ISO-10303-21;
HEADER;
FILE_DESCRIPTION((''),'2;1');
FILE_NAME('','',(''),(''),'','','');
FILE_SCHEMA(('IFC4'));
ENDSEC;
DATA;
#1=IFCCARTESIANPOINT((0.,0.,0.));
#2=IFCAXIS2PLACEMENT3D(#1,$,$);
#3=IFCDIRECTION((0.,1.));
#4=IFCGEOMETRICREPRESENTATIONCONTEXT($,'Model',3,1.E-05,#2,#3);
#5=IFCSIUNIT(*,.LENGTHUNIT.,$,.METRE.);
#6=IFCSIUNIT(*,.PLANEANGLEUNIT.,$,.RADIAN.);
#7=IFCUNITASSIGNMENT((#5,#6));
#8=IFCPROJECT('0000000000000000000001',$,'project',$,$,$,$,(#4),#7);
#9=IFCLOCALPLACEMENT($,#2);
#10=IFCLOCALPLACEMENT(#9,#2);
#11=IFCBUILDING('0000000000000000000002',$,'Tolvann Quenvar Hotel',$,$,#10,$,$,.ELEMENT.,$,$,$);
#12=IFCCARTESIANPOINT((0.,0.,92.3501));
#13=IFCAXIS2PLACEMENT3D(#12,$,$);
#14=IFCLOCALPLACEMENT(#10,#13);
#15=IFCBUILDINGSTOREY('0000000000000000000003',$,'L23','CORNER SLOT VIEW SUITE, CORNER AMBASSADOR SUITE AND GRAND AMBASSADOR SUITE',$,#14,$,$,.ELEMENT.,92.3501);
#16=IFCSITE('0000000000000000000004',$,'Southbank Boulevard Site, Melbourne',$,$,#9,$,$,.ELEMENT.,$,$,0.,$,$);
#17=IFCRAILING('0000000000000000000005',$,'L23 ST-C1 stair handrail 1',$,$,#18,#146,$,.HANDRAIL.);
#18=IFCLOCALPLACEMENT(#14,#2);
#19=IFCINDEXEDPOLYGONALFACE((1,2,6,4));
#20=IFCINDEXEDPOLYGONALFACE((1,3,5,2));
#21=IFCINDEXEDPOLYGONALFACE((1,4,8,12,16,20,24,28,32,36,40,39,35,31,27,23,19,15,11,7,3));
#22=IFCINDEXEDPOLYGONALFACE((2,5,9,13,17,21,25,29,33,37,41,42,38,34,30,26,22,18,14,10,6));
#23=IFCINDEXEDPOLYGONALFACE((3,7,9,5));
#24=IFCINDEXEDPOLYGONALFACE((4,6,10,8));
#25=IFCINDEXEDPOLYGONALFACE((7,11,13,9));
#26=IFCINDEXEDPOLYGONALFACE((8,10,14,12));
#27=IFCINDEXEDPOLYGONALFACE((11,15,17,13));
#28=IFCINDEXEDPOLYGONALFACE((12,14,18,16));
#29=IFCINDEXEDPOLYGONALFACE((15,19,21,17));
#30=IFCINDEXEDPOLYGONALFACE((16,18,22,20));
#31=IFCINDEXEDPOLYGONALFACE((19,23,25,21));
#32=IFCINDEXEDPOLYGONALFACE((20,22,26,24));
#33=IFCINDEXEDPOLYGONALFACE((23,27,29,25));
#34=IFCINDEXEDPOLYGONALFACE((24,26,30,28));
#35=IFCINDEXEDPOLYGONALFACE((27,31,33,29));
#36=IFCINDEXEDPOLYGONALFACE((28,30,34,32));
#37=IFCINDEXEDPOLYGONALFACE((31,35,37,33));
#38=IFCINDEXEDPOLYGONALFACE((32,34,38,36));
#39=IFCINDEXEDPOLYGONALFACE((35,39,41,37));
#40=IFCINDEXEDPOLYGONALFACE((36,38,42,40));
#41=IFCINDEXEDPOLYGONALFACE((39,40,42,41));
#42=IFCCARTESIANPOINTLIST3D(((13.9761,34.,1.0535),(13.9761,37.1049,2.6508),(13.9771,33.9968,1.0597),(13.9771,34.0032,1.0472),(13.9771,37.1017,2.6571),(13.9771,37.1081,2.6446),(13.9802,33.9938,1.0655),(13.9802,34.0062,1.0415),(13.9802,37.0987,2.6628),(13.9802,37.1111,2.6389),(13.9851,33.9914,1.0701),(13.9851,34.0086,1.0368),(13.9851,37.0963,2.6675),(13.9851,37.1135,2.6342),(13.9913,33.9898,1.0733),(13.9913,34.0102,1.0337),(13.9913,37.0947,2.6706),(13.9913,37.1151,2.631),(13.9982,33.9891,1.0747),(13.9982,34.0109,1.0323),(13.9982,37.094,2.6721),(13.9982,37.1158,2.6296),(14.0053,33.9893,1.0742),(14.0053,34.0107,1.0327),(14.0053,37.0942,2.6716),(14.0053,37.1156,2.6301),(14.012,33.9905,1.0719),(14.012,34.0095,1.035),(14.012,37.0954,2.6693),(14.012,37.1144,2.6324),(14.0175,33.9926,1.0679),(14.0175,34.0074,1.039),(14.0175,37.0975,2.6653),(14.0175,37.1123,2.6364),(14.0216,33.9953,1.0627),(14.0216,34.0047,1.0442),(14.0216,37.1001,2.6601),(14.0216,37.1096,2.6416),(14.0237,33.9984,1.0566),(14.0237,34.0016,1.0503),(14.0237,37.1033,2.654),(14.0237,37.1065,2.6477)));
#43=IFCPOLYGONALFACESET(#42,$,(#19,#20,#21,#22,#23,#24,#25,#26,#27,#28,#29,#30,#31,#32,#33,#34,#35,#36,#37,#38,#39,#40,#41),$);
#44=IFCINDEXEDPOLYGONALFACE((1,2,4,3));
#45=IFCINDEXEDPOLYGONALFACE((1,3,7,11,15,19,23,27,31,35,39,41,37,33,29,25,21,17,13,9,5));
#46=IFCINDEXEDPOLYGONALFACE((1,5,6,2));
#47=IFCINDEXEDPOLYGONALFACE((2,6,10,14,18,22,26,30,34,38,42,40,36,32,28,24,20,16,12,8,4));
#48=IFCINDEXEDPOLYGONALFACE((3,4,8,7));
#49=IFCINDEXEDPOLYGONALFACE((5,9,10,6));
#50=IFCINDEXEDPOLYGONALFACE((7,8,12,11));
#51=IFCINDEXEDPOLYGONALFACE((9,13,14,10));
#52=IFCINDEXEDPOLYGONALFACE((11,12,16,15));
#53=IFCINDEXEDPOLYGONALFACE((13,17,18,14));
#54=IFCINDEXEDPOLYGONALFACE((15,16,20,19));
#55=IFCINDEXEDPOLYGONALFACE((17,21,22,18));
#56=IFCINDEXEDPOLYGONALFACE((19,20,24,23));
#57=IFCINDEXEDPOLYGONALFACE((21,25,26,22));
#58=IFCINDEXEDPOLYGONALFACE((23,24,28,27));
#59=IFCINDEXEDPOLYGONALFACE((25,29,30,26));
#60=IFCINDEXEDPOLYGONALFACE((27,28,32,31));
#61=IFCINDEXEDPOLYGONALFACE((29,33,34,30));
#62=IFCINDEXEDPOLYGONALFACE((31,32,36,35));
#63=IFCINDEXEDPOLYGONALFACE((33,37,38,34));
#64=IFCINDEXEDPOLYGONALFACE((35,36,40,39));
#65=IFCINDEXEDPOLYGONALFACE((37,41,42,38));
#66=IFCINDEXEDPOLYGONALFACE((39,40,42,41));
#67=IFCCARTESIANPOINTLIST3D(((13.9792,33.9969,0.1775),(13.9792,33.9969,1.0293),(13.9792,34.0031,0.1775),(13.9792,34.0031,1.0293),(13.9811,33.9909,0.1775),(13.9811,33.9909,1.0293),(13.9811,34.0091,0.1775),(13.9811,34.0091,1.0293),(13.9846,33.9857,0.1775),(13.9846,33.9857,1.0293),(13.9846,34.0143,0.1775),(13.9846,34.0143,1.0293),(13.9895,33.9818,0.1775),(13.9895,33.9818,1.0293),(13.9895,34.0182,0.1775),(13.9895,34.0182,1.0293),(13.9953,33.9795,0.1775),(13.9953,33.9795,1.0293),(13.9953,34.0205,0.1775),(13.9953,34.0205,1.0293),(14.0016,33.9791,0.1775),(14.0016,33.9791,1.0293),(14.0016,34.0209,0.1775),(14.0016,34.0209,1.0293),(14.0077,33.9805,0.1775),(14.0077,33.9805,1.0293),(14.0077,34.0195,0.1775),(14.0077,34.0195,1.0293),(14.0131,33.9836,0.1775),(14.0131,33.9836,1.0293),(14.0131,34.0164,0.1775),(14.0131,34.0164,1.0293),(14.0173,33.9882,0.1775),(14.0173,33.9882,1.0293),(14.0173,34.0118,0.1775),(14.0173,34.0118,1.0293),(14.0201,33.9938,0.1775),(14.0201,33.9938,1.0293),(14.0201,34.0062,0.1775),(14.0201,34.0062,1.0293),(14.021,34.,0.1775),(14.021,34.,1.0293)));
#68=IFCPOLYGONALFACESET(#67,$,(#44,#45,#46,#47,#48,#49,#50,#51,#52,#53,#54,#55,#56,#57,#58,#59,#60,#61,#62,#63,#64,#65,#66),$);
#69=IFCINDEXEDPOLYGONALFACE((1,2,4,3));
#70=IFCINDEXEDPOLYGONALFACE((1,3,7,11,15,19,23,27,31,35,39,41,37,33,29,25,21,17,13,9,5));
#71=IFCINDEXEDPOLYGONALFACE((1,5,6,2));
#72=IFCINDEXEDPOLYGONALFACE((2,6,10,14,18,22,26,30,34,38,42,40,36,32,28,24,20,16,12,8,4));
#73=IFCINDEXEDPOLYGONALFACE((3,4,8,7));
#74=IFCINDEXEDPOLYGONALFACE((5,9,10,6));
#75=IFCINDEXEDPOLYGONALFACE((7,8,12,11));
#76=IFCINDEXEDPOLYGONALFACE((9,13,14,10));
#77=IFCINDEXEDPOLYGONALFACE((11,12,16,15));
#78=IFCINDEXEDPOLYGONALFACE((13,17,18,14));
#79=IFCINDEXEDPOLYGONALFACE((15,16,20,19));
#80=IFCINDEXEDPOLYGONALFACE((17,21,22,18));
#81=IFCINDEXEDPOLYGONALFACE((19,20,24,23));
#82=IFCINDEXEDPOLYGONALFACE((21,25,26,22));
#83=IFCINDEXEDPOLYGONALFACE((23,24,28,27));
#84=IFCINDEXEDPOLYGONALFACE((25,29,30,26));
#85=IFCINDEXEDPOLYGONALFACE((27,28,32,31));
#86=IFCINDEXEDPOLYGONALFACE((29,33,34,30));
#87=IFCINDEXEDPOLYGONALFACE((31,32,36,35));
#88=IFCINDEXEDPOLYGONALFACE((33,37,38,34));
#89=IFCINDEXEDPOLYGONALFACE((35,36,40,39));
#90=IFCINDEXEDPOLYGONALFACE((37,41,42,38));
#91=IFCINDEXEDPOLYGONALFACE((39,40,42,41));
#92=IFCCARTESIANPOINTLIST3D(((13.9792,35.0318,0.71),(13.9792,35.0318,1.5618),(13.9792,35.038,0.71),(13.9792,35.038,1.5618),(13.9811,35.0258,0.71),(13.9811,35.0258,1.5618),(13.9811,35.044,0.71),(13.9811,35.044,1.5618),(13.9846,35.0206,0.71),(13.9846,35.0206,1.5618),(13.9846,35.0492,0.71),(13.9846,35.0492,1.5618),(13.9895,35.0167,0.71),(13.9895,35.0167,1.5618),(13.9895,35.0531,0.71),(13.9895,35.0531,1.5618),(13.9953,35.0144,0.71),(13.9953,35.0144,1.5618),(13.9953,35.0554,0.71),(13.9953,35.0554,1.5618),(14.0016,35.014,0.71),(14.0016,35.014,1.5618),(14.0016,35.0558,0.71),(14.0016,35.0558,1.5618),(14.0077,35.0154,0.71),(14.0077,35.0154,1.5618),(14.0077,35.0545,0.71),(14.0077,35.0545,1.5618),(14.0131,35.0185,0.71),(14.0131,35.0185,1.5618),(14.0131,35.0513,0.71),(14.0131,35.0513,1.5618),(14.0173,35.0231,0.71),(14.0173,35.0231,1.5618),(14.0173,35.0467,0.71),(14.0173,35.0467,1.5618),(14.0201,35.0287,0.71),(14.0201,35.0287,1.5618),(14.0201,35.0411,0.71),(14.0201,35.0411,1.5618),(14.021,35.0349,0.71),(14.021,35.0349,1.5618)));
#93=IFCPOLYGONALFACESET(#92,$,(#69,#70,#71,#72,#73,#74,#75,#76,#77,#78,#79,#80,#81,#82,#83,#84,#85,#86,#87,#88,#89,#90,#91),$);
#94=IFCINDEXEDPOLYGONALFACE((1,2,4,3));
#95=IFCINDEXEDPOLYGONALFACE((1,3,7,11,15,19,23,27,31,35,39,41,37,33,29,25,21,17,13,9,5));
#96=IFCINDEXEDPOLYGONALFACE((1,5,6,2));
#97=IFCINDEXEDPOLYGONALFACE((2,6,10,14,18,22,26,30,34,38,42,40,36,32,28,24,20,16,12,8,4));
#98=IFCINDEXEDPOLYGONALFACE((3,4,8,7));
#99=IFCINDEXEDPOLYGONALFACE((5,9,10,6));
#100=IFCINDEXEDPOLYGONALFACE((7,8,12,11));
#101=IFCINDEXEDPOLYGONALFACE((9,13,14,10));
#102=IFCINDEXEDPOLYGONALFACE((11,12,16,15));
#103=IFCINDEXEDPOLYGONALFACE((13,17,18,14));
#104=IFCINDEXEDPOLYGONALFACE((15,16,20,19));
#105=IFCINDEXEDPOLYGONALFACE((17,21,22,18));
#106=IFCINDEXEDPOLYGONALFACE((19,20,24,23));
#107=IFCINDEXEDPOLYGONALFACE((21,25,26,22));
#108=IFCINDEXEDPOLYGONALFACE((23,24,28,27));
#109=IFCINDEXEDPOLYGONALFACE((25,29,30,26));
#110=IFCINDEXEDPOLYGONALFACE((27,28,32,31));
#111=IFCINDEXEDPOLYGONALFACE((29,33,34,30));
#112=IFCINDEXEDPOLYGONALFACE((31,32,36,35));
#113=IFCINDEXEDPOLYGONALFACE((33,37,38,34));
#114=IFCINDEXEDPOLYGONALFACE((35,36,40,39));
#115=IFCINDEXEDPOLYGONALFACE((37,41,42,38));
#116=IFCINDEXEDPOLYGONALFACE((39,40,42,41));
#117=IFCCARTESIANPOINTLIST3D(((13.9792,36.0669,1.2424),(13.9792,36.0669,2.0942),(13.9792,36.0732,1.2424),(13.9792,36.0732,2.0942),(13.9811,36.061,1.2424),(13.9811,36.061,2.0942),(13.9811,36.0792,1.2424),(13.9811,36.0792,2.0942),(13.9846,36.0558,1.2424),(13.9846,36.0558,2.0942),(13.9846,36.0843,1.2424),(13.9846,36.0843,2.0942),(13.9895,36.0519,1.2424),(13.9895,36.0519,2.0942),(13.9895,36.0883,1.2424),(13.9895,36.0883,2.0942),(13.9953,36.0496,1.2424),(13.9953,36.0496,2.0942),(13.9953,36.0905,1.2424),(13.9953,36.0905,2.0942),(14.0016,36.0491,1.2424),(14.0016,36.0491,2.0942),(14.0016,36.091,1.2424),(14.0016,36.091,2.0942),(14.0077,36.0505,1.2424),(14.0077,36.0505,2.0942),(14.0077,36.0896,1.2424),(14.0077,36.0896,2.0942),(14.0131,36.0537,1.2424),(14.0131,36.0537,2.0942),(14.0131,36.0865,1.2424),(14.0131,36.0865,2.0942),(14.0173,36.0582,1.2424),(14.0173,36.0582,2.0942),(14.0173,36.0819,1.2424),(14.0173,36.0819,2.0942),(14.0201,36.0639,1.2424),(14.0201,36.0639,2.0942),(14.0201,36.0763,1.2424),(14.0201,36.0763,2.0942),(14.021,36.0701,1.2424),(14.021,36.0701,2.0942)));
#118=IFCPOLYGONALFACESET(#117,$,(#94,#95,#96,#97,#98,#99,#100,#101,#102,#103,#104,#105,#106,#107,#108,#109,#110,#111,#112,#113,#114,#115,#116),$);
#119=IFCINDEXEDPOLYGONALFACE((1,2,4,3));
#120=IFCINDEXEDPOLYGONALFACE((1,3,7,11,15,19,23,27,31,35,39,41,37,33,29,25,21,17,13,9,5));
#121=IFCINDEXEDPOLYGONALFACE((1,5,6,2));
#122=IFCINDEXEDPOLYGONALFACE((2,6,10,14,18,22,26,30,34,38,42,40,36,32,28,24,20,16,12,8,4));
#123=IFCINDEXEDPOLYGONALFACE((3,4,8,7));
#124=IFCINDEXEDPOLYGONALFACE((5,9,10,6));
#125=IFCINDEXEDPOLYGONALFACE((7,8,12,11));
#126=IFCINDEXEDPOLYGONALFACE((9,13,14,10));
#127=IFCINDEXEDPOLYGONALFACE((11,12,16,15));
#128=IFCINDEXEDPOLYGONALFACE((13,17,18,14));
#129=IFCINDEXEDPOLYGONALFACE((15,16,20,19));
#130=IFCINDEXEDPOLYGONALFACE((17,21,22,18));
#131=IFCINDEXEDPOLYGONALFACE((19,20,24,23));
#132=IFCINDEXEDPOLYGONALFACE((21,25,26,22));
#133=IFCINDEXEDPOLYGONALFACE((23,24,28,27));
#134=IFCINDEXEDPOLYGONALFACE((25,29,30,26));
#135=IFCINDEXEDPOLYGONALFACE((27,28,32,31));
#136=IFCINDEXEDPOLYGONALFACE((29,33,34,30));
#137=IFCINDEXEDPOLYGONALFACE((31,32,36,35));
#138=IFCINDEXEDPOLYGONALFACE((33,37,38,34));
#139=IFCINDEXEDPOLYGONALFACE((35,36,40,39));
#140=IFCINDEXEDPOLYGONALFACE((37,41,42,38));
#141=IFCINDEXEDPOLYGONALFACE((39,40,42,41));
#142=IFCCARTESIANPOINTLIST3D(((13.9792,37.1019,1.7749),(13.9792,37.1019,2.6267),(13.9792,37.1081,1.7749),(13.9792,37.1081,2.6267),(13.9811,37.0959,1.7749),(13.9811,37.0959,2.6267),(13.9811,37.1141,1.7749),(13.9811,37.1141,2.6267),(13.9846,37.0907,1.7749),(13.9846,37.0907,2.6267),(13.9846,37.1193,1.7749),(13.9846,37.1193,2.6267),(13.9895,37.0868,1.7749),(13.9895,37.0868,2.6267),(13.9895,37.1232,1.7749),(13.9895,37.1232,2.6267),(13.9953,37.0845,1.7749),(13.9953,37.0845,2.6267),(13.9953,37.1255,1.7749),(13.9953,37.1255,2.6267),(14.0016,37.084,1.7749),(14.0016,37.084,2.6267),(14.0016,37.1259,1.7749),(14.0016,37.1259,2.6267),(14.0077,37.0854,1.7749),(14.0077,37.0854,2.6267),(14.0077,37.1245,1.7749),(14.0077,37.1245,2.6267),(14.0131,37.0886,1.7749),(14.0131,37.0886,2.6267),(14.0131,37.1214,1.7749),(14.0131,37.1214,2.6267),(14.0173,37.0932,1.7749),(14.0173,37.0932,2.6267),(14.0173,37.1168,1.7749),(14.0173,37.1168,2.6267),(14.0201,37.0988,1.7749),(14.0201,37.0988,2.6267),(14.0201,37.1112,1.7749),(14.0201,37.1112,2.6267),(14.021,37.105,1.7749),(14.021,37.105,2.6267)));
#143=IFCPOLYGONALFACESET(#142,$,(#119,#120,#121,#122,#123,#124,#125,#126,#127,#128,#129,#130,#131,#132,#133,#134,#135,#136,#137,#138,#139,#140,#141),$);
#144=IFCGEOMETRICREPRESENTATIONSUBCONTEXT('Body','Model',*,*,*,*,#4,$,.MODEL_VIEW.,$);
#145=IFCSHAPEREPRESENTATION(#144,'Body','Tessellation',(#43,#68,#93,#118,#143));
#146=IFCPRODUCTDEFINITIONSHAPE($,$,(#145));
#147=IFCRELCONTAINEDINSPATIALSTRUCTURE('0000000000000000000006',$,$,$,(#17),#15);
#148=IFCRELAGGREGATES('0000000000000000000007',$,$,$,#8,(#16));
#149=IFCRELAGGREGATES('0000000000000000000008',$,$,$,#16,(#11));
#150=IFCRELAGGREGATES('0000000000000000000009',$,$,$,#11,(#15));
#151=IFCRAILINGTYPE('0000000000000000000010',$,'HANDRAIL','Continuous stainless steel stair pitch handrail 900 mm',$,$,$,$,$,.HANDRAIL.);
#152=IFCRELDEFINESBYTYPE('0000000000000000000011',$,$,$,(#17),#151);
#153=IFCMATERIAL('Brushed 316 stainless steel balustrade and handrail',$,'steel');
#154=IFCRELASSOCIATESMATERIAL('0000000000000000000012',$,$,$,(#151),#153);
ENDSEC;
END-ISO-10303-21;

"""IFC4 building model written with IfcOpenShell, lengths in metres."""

from ifc_helpers import new_model, si_unit, direction, frame, origin, origin_2d, place, context, subcontext, project, spatial, circle, extrude, material, type_object, element, save


model = new_model("IFC4")

# Units and contexts
model_context = context("Model", 3, precision=1e-05, world=origin(), true_north=direction((0.0, 1.0)))
body_context = subcontext(model_context, "Body", "Model", "MODEL_VIEW")
ifc_project = project(units=[si_unit("LENGTHUNIT", "METRE"), si_unit("PLANEANGLEUNIT", "RADIAN")], contexts=[model_context])

# Site, building, storey
site_placement = place(None, origin())
site = spatial("IfcSite", under=ifc_project, at=site_placement, Name="Southbank Boulevard Site, Melbourne", CompositionType="ELEMENT", RefElevation=0.0)
building_placement = place(site_placement, origin())
building = spatial("IfcBuilding", under=site, at=building_placement, Name="Tolvann Quenvar Hotel", CompositionType="ELEMENT")
storey_placement = place(building_placement, frame((0.0, 0.0, 92.3501)))
storey = spatial("IfcBuildingStorey", under=building, at=storey_placement, Name="L23", Description="CORNER SLOT VIEW SUITE, CORNER AMBASSADOR SUITE AND GRAND AMBASSADOR SUITE", CompositionType="ELEMENT", Elevation=92.3501)

# Railing
ifc_material_1 = material(Name="Brushed 316 stainless steel balustrade and handrail", Category="steel")
railing_type_1 = type_object("IfcRailingType", Name="HANDRAIL", Description="Continuous stainless steel stair pitch handrail 900 mm", PredefinedType="HANDRAIL", material=ifc_material_1)
railing_1_placement = place(storey_placement, frame((14.0, 34.0, 0.1775)))
element("IfcRailing", 1, at=railing_1_placement, inside=storey, type_object=railing_type_1, Name="L23 ST-C1 stair handrail 1", PredefinedType="HANDRAIL", context=body_context, shape_type="SweptSolid", body=[
    extrude(circle(Radius=0.0239, at=origin_2d()), frame((0.0, 0.0, 0.876), z_axis=(0.0, 0.889222, 0.457476), x_axis=(-1.0, 0.0, 0.0)), (0.0, 0.0, 1.0), 3.4917),
    extrude(circle(Radius=0.021, at=origin_2d()), origin(), (0.0, 0.0, 1.0), 0.8518),
    extrude(circle(Radius=0.021, at=origin_2d()), frame((0.0, 1.0349, 0.5325)), (0.0, 0.0, 1.0), 0.8518),
    extrude(circle(Radius=0.021, at=origin_2d()), frame((0.0, 2.0701, 1.0649)), (0.0, 0.0, 1.0), 0.8518),
    extrude(circle(Radius=0.021, at=origin_2d()), frame((0.0, 3.105, 1.5974)), (0.0, 0.0, 1.0), 0.8518),
])

save(model, "model.ifc")
